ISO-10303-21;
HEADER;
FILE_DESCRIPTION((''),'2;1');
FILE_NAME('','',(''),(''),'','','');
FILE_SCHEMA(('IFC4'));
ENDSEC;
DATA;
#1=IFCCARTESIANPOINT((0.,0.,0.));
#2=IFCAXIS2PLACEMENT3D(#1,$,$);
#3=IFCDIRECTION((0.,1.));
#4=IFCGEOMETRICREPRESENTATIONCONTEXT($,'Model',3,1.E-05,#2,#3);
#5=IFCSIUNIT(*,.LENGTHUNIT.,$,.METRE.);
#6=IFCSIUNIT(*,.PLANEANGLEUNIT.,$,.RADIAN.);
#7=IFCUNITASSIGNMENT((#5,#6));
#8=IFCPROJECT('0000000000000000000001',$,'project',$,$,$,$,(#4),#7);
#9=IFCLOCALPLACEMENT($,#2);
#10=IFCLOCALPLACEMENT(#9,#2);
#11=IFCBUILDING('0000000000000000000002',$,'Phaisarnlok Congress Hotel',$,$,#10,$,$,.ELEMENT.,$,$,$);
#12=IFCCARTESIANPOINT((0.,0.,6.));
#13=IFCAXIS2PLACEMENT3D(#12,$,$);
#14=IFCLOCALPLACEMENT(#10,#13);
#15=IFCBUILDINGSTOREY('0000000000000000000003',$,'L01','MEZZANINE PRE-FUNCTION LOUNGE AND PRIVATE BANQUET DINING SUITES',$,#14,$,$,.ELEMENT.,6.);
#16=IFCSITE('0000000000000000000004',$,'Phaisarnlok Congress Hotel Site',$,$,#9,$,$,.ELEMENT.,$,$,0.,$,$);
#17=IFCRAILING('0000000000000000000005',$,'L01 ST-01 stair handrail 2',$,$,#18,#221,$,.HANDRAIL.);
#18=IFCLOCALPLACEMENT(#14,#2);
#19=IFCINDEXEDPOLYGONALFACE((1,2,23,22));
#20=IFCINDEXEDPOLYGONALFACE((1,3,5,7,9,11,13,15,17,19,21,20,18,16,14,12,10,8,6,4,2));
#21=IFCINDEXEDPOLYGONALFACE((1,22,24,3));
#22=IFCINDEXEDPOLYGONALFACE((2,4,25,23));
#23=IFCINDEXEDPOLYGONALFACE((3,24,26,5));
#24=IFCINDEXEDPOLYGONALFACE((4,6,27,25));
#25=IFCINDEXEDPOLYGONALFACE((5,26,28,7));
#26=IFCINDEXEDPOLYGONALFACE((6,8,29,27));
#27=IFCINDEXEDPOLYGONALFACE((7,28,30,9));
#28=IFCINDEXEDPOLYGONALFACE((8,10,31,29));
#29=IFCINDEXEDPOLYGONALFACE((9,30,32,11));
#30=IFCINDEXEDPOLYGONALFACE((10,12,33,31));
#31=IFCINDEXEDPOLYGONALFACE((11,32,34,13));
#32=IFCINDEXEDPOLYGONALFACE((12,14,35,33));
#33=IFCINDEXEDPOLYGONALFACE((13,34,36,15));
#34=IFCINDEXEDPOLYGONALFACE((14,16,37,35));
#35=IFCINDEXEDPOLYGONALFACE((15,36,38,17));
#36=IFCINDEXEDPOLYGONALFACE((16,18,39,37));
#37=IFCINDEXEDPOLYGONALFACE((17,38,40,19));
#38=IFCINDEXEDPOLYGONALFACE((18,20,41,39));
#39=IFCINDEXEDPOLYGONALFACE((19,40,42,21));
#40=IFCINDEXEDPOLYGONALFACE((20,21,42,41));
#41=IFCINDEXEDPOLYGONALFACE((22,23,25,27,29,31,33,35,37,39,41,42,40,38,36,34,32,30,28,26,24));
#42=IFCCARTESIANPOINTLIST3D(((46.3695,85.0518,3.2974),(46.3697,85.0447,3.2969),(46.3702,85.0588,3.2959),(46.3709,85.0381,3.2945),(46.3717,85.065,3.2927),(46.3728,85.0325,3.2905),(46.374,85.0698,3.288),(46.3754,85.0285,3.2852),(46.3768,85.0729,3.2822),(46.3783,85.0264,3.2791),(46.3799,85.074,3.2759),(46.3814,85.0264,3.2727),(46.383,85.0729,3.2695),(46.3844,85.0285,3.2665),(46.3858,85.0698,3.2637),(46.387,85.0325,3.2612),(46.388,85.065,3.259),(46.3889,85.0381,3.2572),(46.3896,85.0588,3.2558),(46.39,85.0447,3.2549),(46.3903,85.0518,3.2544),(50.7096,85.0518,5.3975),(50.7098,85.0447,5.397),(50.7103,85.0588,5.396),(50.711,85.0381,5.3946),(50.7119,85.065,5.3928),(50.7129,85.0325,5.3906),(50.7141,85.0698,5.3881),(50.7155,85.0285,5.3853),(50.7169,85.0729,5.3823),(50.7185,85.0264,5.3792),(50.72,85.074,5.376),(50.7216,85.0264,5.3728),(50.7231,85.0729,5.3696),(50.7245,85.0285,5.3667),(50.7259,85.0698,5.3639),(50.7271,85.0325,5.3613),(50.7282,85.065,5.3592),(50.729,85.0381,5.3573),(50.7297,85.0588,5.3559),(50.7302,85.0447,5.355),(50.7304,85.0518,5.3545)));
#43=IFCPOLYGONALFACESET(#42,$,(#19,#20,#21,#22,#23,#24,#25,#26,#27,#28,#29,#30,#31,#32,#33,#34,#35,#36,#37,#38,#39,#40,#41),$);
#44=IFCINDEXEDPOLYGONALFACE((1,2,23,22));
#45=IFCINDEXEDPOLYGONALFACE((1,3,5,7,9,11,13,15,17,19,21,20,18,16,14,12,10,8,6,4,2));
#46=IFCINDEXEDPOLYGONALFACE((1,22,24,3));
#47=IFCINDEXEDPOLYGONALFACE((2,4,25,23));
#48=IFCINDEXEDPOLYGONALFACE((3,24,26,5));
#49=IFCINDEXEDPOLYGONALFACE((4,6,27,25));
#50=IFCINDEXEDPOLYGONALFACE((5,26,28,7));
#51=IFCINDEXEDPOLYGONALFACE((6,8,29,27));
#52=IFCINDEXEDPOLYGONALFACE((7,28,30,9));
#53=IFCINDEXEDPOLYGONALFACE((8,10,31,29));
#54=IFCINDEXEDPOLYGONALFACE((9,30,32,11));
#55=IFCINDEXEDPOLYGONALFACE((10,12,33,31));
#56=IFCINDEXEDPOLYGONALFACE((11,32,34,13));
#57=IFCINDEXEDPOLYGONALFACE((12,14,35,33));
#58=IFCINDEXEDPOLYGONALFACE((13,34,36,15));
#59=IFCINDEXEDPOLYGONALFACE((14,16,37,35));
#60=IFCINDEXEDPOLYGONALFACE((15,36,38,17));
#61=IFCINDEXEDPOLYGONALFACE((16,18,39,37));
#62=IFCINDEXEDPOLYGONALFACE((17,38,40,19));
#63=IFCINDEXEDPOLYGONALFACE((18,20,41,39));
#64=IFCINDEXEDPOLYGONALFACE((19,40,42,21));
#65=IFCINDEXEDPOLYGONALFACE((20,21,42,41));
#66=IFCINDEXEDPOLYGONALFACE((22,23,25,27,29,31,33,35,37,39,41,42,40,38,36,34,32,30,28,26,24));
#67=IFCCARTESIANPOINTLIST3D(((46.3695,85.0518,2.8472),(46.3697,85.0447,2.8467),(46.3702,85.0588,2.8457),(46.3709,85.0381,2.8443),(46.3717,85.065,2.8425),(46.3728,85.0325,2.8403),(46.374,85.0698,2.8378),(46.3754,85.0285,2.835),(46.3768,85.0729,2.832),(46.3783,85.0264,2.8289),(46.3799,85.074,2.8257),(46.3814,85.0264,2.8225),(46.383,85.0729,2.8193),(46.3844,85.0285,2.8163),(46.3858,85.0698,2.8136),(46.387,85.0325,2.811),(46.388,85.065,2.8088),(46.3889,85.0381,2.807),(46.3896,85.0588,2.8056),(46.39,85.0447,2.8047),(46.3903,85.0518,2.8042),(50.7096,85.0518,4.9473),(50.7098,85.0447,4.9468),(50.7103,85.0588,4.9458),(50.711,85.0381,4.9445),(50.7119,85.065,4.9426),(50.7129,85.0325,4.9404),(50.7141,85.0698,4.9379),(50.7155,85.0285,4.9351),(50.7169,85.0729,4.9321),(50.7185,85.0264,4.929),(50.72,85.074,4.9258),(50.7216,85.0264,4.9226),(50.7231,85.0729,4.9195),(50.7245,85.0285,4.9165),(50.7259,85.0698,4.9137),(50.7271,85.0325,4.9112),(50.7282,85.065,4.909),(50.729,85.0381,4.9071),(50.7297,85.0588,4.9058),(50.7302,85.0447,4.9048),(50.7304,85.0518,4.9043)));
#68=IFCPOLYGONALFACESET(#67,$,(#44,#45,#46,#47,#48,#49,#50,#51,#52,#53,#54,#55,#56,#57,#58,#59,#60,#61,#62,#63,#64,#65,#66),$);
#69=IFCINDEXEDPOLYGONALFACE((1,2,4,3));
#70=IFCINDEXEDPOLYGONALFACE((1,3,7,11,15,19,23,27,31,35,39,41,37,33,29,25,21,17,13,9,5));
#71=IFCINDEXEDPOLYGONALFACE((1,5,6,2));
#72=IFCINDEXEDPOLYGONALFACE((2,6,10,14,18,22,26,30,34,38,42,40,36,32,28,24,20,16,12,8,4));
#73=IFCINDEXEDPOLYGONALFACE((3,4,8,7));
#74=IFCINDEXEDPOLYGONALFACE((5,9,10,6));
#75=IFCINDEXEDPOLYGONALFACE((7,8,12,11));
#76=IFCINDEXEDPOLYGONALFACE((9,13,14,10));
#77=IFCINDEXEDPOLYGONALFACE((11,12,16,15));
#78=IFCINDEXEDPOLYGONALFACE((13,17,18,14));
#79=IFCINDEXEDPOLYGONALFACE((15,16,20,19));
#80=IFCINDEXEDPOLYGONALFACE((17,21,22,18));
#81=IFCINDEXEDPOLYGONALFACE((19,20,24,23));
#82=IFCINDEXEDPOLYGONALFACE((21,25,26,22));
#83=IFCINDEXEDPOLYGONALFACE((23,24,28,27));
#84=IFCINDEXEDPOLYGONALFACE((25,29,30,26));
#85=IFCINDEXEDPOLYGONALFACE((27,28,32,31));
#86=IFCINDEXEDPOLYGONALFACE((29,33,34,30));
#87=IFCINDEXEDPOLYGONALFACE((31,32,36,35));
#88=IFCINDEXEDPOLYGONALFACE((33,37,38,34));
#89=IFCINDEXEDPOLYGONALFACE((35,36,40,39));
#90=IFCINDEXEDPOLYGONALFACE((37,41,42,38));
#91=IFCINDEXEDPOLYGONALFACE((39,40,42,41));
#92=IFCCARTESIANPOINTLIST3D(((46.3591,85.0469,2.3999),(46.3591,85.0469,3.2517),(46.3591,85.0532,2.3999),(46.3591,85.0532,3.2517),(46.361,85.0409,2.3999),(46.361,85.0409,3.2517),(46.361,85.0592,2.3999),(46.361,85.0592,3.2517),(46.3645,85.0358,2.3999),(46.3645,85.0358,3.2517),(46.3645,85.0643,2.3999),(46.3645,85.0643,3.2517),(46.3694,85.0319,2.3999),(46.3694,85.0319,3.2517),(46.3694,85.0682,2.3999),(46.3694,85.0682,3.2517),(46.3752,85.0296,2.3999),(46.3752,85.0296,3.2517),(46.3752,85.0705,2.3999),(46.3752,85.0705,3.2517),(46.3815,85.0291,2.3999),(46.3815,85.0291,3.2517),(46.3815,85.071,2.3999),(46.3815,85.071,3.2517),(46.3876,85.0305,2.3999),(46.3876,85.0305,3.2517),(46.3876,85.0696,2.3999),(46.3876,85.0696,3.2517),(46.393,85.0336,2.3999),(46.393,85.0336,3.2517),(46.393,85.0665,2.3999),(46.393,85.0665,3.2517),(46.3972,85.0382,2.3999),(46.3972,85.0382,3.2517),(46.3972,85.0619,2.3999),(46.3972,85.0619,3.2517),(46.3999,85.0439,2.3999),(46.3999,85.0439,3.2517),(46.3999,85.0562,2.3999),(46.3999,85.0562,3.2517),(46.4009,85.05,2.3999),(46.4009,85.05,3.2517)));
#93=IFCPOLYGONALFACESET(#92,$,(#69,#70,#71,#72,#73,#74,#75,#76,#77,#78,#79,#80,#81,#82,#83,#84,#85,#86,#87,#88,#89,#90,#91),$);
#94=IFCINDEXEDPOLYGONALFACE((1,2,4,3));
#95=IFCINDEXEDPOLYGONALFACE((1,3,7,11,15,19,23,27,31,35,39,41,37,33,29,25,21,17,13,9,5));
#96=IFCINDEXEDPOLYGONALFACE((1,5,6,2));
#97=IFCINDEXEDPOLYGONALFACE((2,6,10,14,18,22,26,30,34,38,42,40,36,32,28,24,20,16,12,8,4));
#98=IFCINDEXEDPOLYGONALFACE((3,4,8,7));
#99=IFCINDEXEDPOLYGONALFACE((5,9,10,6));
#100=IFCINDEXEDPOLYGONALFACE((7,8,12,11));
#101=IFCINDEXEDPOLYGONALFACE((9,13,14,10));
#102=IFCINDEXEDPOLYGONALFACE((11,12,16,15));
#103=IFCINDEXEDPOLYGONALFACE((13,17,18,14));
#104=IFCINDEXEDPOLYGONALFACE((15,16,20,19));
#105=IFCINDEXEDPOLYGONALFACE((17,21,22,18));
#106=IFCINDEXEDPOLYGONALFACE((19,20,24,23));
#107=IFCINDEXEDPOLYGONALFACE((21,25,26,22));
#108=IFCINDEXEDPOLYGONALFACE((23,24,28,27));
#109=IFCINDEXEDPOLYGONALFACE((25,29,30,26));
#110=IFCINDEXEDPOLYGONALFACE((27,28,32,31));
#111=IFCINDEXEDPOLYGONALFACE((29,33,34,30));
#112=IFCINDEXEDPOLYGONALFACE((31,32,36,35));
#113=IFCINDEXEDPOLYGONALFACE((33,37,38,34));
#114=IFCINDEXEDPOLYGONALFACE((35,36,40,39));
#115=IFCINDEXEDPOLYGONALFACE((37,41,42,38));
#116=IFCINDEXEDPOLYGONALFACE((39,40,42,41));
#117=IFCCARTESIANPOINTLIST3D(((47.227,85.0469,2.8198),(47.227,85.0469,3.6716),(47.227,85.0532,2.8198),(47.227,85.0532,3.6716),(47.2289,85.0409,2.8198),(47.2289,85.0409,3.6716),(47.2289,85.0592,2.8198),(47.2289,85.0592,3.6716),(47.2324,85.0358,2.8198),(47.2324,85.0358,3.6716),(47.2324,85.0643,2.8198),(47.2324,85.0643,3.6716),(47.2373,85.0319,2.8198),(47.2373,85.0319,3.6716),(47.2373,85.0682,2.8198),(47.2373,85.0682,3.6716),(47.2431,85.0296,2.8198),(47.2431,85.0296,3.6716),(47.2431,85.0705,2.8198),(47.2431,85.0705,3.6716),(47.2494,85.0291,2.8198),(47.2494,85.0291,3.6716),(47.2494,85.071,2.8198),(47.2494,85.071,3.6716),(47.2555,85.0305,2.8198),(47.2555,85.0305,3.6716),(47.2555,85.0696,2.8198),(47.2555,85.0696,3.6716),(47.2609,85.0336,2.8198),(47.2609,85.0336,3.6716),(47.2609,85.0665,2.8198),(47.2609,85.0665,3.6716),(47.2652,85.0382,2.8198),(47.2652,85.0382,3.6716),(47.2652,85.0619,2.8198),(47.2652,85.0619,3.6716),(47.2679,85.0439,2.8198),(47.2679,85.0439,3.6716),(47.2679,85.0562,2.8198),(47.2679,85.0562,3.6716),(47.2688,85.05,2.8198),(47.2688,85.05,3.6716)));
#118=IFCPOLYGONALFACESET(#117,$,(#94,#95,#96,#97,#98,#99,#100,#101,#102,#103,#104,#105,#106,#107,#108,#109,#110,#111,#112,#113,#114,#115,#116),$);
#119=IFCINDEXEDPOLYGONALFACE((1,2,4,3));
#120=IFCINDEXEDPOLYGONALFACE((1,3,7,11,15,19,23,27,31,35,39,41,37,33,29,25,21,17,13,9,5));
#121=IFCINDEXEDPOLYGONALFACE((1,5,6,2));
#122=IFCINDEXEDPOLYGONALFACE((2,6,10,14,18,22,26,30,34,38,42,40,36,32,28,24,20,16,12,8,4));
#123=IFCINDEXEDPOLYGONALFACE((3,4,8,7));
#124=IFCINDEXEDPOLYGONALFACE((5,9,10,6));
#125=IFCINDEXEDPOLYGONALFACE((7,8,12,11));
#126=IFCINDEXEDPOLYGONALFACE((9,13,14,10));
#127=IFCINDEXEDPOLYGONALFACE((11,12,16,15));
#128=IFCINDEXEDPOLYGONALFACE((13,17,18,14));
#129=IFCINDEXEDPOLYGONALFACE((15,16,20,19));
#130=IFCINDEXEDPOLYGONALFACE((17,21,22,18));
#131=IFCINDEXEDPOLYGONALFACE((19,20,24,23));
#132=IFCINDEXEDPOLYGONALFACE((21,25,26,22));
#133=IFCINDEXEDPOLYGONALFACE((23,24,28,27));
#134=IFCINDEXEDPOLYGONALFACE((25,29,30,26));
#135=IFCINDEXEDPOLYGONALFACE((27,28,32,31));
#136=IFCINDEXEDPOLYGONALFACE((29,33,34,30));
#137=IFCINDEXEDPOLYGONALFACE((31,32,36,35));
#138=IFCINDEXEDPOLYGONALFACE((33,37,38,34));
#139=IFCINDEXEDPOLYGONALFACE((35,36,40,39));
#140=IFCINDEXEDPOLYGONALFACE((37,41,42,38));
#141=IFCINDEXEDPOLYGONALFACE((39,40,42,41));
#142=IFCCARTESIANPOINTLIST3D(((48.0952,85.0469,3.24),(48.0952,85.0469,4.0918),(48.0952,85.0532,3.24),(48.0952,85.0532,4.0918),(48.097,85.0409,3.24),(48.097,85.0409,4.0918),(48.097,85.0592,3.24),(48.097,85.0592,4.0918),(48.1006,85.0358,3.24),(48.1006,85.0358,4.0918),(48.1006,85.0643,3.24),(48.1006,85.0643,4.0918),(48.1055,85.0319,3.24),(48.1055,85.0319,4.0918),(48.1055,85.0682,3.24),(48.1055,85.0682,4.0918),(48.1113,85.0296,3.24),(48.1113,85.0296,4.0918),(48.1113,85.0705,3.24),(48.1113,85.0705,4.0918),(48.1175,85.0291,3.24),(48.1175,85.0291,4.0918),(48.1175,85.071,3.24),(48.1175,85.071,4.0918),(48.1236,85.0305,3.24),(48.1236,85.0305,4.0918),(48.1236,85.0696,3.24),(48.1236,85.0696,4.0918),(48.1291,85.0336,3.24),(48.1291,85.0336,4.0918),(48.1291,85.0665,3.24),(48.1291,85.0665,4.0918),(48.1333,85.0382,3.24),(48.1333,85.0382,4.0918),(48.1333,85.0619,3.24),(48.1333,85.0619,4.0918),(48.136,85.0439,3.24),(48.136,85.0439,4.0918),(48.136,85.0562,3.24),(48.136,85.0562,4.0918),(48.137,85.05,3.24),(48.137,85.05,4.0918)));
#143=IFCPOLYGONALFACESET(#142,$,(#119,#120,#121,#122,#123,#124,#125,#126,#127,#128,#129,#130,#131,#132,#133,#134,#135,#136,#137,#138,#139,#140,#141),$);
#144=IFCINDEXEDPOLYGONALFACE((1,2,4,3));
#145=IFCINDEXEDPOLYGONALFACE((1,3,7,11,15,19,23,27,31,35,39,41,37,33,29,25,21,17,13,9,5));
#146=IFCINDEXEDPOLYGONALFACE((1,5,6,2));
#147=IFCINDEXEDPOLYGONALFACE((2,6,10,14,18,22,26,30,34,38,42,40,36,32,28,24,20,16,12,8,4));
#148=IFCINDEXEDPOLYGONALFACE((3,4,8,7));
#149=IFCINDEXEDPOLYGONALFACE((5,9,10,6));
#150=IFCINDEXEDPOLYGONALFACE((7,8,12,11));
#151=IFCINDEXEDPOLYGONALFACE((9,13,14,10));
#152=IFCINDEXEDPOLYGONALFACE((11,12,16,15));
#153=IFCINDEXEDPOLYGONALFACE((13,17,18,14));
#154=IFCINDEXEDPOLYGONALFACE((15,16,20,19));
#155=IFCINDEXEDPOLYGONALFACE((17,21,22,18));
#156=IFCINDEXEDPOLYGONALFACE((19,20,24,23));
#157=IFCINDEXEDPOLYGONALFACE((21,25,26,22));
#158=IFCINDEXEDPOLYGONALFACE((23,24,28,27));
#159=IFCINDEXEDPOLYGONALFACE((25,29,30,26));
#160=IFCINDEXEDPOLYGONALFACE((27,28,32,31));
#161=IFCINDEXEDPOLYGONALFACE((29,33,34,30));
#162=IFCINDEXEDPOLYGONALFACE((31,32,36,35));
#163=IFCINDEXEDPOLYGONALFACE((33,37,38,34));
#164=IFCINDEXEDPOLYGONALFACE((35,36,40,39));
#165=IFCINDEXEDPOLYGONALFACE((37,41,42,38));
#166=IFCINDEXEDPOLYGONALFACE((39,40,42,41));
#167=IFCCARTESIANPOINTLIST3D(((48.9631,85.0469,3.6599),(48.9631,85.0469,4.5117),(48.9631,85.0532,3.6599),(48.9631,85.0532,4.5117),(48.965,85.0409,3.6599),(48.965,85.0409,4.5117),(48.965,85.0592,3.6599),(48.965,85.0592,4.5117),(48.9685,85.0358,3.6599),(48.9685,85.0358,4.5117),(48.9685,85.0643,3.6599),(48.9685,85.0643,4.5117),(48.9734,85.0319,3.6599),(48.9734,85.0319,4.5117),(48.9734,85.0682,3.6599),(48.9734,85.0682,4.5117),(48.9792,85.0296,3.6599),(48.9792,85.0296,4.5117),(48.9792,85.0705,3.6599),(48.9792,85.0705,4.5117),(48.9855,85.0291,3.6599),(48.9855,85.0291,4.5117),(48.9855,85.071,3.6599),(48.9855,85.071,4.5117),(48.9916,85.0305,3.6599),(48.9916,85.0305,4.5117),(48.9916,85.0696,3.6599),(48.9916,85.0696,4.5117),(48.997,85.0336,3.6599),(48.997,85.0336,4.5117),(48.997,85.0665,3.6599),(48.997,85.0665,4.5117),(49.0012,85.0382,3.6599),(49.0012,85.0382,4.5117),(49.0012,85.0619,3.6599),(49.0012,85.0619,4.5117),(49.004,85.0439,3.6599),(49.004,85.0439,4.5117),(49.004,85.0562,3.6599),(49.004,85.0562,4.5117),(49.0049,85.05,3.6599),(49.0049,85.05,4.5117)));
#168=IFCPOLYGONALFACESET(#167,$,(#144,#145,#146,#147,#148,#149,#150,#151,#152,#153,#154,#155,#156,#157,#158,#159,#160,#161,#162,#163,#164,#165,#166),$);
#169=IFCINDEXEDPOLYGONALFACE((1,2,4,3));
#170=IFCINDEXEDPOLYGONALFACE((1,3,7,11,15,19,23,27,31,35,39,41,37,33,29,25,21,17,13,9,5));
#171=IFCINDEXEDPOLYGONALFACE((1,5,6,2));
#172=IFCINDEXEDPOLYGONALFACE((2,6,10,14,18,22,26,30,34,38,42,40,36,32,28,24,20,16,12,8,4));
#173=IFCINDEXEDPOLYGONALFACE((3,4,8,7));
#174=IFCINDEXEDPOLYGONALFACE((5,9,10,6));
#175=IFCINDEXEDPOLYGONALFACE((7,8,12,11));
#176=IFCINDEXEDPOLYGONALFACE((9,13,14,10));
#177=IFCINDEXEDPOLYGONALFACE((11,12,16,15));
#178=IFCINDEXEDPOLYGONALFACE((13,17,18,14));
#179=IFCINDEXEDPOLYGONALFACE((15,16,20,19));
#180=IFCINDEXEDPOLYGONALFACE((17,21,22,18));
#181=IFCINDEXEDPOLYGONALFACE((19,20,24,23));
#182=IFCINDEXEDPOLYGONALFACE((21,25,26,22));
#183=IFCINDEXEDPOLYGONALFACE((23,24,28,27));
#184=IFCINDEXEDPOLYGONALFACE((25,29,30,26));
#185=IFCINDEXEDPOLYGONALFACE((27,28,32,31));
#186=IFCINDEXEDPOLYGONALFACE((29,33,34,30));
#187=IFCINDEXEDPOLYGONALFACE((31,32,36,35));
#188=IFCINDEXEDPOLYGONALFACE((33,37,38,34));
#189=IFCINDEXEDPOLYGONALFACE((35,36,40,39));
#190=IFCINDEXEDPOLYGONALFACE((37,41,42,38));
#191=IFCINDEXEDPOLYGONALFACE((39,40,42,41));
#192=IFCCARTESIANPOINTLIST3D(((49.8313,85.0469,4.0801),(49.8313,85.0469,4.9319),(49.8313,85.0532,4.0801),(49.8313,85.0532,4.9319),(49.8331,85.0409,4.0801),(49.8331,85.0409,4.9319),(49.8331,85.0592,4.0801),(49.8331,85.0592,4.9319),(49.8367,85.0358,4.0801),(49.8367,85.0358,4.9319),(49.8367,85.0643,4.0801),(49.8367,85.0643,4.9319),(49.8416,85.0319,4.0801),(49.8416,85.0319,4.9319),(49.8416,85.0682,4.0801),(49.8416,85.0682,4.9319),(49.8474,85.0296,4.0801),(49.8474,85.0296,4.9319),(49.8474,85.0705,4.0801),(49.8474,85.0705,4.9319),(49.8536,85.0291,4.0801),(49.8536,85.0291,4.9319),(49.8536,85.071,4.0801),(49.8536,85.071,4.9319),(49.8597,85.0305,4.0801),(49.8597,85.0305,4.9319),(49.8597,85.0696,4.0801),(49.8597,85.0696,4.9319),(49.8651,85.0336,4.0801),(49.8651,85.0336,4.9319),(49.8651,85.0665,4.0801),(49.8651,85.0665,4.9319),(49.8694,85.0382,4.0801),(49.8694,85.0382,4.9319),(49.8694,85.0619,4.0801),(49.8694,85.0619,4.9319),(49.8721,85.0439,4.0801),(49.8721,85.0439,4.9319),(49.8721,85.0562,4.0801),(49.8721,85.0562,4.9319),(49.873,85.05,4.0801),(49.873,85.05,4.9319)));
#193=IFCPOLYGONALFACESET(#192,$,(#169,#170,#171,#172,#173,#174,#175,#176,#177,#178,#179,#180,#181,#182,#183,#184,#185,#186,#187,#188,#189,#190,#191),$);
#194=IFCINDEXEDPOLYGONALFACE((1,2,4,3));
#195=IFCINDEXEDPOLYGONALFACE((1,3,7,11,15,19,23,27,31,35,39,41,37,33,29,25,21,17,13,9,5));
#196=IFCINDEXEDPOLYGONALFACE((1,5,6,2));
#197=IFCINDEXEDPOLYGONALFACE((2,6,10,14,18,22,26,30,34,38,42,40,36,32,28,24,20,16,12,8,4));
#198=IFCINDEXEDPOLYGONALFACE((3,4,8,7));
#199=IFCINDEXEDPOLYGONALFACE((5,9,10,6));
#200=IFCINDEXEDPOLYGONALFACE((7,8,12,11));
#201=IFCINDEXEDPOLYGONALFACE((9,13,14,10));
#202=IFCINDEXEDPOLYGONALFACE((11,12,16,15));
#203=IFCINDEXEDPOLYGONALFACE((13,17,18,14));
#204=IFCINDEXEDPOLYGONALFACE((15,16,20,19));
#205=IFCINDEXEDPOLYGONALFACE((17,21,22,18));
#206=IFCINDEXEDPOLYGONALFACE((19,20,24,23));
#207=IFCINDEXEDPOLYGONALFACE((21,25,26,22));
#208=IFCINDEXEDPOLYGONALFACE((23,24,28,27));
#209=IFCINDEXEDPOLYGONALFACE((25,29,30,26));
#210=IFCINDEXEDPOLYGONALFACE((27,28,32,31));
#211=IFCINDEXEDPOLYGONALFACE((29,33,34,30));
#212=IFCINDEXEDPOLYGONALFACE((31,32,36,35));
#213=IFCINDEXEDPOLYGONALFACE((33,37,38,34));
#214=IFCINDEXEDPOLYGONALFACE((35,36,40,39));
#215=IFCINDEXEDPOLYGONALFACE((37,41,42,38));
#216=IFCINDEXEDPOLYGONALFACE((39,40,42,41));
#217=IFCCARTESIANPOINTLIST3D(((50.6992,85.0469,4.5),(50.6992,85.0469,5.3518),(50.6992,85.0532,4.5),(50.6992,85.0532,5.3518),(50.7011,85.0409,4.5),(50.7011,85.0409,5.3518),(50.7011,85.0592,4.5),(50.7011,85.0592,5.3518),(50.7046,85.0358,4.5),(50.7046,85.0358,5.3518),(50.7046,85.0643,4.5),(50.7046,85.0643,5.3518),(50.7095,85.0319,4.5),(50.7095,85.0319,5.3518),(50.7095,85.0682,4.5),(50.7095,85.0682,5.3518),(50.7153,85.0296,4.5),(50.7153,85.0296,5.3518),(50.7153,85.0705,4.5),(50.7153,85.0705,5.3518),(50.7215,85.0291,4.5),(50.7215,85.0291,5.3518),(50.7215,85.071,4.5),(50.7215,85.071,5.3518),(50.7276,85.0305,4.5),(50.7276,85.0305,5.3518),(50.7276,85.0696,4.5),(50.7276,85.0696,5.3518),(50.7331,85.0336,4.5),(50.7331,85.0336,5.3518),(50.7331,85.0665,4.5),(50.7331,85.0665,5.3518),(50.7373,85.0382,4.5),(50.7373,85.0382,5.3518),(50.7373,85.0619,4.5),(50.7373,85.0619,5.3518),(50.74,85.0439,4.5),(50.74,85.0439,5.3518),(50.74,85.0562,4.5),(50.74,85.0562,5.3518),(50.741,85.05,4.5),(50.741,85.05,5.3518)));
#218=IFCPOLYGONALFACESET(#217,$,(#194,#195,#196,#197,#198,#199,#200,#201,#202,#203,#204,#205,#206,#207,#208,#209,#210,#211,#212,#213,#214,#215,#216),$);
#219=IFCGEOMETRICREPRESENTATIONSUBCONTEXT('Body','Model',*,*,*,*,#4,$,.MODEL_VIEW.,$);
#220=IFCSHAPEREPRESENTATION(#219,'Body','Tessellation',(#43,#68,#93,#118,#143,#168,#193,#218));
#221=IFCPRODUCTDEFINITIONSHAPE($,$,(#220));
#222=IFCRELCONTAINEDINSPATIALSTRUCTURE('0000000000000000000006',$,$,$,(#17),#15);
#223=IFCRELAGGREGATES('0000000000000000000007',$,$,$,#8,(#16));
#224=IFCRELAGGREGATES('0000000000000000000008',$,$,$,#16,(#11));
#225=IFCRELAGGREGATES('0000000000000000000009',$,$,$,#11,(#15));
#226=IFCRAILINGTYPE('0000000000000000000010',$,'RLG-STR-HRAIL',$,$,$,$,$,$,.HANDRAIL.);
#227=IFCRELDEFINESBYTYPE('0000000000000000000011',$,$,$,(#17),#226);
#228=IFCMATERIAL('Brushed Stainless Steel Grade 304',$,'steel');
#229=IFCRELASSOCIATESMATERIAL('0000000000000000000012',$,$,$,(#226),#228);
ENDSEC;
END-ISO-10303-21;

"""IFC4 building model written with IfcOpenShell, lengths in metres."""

from ifc_helpers import new_model, si_unit, direction, frame, origin, origin_2d, place, context, subcontext, project, spatial, circle, extrude, material, type_object, element, save


model = new_model("IFC4")

# Units and contexts
model_context = context("Model", 3, precision=1e-05, world=origin(), true_north=direction((0.0, 1.0)))
body_context = subcontext(model_context, "Body", "Model", "MODEL_VIEW")
ifc_project = project(units=[si_unit("LENGTHUNIT", "METRE"), si_unit("PLANEANGLEUNIT", "RADIAN")], contexts=[model_context])

# Site, building, storey
site_placement = place(None, origin())
site = spatial("IfcSite", under=ifc_project, at=site_placement, Name="Phaisarnlok Congress Hotel Site", CompositionType="ELEMENT", RefElevation=0.0)
building_placement = place(site_placement, origin())
building = spatial("IfcBuilding", under=site, at=building_placement, Name="Phaisarnlok Congress Hotel", CompositionType="ELEMENT")
storey_placement = place(building_placement, frame((0.0, 0.0, 6.0)))
storey = spatial("IfcBuildingStorey", under=building, at=storey_placement, Name="L01", Description="MEZZANINE PRE-FUNCTION LOUNGE AND PRIVATE BANQUET DINING SUITES", CompositionType="ELEMENT", Elevation=6.0)

# Railing
ifc_material_1 = material(Name="Brushed Stainless Steel Grade 304", Category="steel")
railing_type_1 = type_object("IfcRailingType", Name="RLG-STR-HRAIL", PredefinedType="HANDRAIL", material=ifc_material_1)
railing_1_placement = place(storey_placement, frame((46.3799, 85.05, 2.3999)))
element("IfcRailing", 1, at=railing_1_placement, inside=storey, type_object=railing_type_1, Name="L01 ST-01 stair handrail 2", PredefinedType="HANDRAIL", context=body_context, shape_type="SweptSolid", body=[
    extrude(circle(Radius=0.0239, at=origin_2d()), frame((0.0, 0.0, 0.876), z_axis=(0.900155, 0.0, 0.43557), x_axis=(0.0, 1.0, 0.0)), (0.0, 0.0, 1.0), 4.8215),
    extrude(circle(Radius=0.0239, at=origin_2d()), frame((0.0, 0.0, 0.4258), z_axis=(0.900155, 0.0, 0.43557), x_axis=(0.0, 1.0, 0.0)), (0.0, 0.0, 1.0), 4.8215),
    extrude(circle(Radius=0.021, at=origin_2d()), origin(), (0.0, 0.0, 1.0), 0.8518),
    extrude(circle(Radius=0.021, at=origin_2d()), frame((0.8679, 0.0, 0.4199)), (0.0, 0.0, 1.0), 0.8518),
    extrude(circle(Radius=0.021, at=origin_2d()), frame((1.7361, 0.0, 0.8401)), (0.0, 0.0, 1.0), 0.8518),
    extrude(circle(Radius=0.021, at=origin_2d()), frame((2.604, 0.0, 1.26)), (0.0, 0.0, 1.0), 0.8518),
    extrude(circle(Radius=0.021, at=origin_2d()), frame((3.4722, 0.0, 1.6802)), (0.0, 0.0, 1.0), 0.8518),
    extrude(circle(Radius=0.021, at=origin_2d()), frame((4.3401, 0.0, 2.1001)), (0.0, 0.0, 1.0), 0.8518),
])

save(model, "model.ifc")
